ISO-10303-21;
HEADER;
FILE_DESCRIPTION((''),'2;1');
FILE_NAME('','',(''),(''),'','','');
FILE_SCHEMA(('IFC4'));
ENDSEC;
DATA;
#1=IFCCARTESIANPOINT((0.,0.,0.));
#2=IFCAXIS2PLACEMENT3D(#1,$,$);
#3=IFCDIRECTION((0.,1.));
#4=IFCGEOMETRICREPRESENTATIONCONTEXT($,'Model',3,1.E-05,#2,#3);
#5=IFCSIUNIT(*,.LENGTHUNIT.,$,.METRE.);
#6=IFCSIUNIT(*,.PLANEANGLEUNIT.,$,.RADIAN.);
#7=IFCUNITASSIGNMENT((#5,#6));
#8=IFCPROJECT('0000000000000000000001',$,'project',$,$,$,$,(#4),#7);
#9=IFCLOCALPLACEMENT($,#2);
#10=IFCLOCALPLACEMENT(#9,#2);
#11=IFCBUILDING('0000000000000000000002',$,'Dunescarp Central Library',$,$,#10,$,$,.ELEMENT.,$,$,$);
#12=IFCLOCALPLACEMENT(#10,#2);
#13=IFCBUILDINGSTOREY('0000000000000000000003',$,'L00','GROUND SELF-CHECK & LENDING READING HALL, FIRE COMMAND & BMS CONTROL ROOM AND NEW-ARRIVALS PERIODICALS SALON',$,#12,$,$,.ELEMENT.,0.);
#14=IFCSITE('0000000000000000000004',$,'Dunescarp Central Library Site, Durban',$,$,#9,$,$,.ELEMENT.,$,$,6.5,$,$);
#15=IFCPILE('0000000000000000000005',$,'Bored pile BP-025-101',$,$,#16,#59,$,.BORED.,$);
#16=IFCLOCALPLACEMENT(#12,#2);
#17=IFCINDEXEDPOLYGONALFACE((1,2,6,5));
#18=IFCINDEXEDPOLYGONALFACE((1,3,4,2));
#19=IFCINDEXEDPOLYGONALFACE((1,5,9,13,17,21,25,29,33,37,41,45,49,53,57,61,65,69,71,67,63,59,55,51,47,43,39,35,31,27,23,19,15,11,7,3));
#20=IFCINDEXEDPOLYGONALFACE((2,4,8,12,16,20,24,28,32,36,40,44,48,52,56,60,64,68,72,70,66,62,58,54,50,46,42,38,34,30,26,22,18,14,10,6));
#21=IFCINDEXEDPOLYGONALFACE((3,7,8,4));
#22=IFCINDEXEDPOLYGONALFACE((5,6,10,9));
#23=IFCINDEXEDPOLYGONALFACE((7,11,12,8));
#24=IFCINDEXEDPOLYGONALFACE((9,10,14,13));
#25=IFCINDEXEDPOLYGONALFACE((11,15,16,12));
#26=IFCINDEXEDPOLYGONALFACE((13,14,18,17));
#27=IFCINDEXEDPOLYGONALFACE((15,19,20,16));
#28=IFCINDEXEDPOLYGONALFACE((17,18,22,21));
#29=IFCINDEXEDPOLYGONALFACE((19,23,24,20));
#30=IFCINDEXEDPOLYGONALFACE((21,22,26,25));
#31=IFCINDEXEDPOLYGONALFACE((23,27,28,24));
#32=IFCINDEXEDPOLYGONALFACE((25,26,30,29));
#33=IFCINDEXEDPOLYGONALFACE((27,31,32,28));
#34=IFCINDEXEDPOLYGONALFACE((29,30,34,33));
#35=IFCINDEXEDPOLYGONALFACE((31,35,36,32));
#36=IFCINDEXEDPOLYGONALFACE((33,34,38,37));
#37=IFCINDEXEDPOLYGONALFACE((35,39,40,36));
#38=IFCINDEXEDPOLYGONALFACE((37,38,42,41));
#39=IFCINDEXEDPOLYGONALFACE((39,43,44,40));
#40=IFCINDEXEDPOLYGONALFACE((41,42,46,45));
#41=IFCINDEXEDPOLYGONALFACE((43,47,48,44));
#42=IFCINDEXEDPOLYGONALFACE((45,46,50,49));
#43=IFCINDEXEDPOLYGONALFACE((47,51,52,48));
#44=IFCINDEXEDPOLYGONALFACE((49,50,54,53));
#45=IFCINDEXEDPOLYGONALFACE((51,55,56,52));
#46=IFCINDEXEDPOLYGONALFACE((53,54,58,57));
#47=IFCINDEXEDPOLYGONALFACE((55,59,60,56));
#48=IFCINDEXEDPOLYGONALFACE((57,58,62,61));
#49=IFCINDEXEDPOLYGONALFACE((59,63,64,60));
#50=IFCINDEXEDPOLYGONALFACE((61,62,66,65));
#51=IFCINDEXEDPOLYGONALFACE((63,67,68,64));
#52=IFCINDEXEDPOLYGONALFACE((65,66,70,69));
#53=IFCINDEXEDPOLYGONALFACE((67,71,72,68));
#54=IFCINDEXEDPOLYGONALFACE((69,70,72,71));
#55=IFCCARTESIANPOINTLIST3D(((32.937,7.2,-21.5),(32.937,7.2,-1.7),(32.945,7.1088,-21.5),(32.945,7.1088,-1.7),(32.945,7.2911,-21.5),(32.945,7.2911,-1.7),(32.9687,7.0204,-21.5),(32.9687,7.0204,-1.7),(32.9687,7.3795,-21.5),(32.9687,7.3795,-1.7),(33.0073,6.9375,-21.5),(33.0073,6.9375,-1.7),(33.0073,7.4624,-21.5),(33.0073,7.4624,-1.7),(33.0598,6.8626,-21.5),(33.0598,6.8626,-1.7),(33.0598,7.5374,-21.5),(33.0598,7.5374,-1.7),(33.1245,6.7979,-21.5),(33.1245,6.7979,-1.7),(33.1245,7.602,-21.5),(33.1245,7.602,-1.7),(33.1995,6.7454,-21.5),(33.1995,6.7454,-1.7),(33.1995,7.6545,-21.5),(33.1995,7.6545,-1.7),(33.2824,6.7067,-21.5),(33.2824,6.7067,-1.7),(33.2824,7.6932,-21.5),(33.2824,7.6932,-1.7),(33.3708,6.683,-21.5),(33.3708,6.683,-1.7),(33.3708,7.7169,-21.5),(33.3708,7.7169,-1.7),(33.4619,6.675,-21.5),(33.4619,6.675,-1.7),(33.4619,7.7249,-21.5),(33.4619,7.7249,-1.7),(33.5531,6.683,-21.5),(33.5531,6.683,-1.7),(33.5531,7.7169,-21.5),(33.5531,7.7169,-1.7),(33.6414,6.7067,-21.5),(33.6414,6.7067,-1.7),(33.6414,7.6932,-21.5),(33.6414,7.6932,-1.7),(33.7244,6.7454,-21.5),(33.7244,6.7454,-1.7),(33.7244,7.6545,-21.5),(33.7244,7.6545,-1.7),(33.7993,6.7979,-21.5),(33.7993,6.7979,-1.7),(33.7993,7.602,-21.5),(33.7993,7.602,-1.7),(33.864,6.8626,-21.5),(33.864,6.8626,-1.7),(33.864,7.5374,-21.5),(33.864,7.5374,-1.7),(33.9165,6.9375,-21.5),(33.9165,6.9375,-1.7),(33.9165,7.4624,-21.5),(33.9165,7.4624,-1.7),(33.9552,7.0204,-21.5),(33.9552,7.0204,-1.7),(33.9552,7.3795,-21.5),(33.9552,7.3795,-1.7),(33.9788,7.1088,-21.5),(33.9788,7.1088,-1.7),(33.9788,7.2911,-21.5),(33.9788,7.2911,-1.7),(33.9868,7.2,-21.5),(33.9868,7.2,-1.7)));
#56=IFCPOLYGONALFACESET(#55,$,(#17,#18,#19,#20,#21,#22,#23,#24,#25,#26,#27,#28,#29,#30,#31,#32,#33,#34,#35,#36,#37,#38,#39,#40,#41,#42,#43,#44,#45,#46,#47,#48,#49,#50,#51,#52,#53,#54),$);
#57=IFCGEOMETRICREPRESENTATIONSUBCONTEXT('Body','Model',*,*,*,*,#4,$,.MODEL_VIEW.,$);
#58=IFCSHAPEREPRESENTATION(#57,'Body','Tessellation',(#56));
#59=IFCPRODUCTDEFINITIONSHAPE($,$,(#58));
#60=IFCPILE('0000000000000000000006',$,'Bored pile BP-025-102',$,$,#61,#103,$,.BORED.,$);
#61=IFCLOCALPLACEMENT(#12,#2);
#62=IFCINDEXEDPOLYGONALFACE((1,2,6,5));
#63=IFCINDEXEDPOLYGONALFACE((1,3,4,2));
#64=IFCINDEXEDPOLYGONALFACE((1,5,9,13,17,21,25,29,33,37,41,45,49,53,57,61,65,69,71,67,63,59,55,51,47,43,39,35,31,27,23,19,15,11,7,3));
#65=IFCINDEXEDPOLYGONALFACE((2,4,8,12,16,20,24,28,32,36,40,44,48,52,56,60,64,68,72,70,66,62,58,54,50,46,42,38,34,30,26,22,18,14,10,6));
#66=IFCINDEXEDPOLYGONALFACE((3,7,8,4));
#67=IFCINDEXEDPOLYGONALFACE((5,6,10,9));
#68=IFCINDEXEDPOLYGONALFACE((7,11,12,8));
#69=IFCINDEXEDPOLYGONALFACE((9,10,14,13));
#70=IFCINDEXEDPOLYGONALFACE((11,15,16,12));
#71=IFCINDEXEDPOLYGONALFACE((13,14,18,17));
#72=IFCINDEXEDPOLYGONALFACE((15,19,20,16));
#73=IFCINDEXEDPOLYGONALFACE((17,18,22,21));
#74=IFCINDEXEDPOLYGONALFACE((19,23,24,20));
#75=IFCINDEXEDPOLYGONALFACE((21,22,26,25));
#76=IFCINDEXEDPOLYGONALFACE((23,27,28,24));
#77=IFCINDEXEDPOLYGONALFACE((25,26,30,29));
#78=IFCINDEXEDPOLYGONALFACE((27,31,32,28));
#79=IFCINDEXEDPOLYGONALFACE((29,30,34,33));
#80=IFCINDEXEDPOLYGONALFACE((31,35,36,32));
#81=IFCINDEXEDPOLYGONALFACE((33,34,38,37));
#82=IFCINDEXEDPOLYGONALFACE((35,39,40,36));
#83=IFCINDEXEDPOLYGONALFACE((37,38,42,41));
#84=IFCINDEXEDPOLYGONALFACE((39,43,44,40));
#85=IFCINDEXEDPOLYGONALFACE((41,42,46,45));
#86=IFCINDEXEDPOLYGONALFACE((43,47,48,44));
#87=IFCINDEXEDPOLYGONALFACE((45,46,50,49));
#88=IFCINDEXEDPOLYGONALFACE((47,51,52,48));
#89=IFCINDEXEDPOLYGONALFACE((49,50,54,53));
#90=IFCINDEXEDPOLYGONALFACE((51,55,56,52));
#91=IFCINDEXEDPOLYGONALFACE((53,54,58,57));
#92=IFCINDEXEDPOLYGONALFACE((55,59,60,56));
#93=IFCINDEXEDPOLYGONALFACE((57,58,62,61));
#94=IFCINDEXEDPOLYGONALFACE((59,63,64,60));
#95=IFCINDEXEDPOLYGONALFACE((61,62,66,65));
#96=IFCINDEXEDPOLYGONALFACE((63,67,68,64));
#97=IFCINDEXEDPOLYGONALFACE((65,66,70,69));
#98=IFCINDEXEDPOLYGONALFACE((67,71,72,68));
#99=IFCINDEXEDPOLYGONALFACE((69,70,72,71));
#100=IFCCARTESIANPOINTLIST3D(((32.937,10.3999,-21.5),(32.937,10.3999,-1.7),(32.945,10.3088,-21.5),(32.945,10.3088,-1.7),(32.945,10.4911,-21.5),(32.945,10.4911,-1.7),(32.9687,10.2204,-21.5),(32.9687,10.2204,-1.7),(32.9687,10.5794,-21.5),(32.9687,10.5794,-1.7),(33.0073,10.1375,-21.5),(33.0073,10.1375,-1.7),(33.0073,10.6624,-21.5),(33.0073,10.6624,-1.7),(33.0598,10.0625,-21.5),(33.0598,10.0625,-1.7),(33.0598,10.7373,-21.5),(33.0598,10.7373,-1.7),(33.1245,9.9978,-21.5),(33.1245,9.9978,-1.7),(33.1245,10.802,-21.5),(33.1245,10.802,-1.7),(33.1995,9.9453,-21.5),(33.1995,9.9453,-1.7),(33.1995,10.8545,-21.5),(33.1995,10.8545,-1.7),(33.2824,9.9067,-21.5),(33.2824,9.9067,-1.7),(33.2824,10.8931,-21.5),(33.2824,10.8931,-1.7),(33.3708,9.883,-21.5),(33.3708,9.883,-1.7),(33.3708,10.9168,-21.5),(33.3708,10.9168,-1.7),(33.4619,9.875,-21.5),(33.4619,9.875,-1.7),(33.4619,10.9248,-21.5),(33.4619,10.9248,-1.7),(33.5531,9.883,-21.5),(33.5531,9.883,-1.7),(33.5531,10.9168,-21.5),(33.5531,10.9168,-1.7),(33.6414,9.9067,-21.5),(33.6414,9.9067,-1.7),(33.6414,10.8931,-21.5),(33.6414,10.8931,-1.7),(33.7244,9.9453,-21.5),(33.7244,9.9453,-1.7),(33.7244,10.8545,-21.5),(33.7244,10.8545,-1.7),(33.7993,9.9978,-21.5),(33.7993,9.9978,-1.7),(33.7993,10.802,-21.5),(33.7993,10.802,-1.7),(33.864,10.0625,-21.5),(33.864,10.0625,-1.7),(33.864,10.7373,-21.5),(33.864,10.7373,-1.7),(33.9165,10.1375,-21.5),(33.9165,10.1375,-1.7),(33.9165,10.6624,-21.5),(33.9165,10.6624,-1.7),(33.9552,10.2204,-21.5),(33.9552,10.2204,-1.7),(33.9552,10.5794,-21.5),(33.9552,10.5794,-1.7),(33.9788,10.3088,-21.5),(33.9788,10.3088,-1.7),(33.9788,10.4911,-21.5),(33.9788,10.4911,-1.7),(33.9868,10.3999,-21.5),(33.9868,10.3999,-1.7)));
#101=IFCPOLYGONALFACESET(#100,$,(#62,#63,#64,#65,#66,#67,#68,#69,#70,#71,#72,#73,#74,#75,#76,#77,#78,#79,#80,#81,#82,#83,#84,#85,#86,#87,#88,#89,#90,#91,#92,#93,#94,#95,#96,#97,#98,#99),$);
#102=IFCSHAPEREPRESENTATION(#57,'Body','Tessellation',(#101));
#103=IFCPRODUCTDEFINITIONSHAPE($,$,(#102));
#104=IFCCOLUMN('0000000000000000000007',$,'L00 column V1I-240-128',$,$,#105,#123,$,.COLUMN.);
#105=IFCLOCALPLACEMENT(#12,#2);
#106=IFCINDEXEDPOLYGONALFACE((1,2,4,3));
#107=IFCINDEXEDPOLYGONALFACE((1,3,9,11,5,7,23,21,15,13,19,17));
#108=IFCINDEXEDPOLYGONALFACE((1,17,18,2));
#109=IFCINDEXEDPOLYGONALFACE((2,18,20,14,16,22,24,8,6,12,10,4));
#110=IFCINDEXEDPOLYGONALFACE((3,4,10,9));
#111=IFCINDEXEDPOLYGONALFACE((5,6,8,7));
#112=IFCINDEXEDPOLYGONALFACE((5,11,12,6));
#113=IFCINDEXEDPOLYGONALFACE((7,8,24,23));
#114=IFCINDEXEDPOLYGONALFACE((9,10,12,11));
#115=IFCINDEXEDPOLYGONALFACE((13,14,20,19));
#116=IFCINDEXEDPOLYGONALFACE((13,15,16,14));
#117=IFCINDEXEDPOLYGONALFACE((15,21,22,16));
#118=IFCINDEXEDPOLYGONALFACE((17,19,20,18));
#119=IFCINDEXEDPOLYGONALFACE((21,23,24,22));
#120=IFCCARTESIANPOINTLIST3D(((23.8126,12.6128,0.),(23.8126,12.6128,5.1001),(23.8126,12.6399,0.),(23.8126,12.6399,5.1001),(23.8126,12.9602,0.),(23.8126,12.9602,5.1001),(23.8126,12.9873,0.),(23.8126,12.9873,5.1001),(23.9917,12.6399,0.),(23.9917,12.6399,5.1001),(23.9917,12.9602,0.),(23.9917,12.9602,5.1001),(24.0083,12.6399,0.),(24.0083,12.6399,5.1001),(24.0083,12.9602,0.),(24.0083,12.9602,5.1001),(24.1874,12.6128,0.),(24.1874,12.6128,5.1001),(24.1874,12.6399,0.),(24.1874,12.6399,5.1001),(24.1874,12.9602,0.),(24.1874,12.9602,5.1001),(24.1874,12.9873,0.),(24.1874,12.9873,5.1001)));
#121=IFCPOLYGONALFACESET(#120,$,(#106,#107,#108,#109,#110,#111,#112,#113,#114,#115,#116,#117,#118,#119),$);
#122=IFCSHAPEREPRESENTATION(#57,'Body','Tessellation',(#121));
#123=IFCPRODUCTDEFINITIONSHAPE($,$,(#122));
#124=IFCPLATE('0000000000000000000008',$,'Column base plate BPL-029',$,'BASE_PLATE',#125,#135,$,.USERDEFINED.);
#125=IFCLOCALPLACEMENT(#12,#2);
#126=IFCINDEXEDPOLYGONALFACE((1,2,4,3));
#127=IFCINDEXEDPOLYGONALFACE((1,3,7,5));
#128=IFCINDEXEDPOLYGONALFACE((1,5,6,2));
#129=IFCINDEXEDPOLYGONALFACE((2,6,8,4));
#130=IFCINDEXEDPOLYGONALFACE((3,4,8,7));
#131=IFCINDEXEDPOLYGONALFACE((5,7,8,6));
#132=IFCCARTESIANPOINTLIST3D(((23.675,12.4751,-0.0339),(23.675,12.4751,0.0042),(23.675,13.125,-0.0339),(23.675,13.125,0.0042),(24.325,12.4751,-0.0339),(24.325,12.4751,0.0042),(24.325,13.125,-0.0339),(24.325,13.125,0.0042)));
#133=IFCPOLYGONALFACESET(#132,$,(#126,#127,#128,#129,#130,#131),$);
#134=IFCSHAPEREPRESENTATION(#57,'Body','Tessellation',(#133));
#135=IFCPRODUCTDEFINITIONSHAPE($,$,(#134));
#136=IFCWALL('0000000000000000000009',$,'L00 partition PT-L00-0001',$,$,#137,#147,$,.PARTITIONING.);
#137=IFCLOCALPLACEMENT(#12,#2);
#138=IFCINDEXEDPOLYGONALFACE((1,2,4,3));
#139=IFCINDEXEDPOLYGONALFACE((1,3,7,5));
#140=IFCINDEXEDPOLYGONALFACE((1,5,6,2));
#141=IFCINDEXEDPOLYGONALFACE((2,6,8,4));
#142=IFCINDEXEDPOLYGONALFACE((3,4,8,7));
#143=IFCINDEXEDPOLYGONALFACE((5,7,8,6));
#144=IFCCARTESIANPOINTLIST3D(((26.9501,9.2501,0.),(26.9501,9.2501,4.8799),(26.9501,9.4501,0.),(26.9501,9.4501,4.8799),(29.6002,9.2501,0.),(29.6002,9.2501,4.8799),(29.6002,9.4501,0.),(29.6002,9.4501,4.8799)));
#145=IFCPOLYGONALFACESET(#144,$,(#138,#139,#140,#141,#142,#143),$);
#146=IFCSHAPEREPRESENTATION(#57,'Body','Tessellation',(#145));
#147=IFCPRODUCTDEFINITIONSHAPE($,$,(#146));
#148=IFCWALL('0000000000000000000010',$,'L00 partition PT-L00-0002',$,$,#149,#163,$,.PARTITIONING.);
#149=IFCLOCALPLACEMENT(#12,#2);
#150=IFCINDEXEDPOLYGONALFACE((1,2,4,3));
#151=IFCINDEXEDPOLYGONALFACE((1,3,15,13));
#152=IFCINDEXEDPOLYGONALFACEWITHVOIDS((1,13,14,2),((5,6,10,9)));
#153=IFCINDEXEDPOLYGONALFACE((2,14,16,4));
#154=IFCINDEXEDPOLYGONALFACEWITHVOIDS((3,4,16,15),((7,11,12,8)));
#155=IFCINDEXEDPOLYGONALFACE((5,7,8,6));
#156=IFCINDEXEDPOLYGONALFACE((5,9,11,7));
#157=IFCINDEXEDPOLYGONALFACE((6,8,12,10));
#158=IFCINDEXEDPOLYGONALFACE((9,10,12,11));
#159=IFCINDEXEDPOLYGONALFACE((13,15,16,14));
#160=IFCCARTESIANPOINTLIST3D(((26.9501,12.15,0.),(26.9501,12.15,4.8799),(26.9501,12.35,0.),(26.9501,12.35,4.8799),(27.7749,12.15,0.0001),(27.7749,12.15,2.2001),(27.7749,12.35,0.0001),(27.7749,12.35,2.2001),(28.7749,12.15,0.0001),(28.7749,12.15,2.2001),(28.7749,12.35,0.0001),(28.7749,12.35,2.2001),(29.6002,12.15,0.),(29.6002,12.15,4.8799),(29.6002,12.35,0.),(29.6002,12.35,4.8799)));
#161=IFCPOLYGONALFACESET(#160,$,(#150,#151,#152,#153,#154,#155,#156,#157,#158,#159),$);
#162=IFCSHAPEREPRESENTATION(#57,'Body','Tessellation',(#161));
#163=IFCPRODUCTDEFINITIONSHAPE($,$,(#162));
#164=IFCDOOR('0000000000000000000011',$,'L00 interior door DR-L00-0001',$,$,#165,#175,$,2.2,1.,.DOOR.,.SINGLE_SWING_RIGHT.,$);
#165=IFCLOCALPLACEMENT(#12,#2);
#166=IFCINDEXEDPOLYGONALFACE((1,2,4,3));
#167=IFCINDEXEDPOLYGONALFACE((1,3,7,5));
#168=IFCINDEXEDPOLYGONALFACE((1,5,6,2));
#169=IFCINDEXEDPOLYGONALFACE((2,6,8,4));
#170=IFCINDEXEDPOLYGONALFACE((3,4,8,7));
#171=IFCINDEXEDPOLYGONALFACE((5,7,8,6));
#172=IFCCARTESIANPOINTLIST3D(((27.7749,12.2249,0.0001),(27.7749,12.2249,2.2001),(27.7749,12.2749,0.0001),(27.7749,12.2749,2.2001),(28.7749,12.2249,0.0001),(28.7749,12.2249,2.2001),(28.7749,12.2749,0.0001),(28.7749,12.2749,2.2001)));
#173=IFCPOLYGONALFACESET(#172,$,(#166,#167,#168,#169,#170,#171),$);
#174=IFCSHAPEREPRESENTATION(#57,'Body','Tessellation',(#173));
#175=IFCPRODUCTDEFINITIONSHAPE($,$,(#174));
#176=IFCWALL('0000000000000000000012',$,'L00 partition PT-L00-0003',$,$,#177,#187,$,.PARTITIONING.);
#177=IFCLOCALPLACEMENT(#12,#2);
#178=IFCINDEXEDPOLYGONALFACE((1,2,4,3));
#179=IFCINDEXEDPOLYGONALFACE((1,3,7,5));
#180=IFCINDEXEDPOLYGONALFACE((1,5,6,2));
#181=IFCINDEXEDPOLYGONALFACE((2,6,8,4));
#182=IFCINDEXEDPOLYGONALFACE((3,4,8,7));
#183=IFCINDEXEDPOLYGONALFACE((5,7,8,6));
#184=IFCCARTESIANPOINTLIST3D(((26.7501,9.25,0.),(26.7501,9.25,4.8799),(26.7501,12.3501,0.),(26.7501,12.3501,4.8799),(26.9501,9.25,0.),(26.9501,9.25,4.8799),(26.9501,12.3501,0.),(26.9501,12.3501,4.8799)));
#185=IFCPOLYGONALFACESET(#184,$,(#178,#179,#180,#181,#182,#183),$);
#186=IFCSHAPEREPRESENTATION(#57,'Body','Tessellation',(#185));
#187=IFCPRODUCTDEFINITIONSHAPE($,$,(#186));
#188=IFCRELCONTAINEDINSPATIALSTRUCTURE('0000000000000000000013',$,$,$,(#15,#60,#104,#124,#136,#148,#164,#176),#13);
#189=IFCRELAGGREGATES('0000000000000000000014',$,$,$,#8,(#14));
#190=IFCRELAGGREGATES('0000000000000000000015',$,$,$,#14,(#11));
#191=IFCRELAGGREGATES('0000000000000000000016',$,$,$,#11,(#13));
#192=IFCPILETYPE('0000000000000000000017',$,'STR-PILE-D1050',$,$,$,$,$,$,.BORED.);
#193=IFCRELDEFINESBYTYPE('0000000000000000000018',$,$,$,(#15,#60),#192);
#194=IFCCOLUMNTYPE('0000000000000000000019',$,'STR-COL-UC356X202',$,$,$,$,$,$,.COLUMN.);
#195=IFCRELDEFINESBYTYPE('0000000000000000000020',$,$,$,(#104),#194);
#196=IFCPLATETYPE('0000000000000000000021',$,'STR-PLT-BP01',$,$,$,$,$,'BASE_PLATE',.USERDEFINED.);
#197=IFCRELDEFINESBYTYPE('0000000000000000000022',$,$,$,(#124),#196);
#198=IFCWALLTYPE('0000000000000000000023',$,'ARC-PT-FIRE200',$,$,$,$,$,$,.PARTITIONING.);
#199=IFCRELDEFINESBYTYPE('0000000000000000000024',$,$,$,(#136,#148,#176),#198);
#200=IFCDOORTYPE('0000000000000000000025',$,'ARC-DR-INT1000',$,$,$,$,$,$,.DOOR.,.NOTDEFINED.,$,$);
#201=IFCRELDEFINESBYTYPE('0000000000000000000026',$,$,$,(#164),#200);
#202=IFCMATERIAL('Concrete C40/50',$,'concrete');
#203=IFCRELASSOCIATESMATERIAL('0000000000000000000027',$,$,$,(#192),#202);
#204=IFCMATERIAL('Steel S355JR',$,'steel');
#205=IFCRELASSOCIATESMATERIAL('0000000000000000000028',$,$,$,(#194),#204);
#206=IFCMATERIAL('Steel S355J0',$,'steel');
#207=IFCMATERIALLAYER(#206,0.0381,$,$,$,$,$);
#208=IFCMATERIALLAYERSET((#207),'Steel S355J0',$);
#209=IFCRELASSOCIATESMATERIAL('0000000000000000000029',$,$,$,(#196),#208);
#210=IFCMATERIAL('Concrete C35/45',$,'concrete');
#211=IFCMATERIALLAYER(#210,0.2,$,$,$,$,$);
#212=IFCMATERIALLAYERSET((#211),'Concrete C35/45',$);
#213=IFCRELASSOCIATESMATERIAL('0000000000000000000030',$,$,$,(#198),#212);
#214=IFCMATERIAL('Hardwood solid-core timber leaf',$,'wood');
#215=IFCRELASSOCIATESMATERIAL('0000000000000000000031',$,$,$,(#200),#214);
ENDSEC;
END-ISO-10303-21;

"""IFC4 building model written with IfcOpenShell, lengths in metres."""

from ifc_helpers import new_model, si_unit, direction, frame, frame_2d, origin, origin_2d, place, context, subcontext, project, spatial, rectangle, circle, i_section, extrude, material, layer, layer_set, material_profile, profile_set, type_object, element, fill, save


model = new_model("IFC4")

# Units and contexts
model_context = context("Model", 3, precision=1e-05, world=origin(), true_north=direction((0.0, 1.0)))
body_context = subcontext(model_context, "Body", "Model", "MODEL_VIEW")
ifc_project = project(units=[si_unit("LENGTHUNIT", "METRE"), si_unit("PLANEANGLEUNIT", "RADIAN")], contexts=[model_context])

# Site, building, storey
site_placement = place(None, origin())
site = spatial("IfcSite", under=ifc_project, at=site_placement, Name="Dunescarp Central Library Site, Durban", CompositionType="ELEMENT", RefElevation=6.5)
building_placement = place(site_placement, origin())
building = spatial("IfcBuilding", under=site, at=building_placement, Name="Dunescarp Central Library", CompositionType="ELEMENT")
storey_placement = place(building_placement, origin())
storey = spatial("IfcBuildingStorey", under=building, at=storey_placement, Name="L00", Description="GROUND SELF-CHECK & LENDING READING HALL, FIRE COMMAND & BMS CONTROL ROOM AND NEW-ARRIVALS PERIODICALS SALON", CompositionType="ELEMENT", Elevation=0.0)

# Piles
ifc_material_1 = material(Name="Concrete C40/50", Category="concrete")
ifc_material_profile_1 = material_profile(ifc_material_1, circle(Radius=0.5249, at=origin_2d()), Name="PILE D1050")
ifc_profile_set_1 = profile_set([ifc_material_profile_1], Name="Concrete C40/50")
pile_type = type_object("IfcPileType", Name="STR-PILE-D1050", PredefinedType="BORED", material=ifc_profile_set_1)
for number, where, z_axis, x_axis, name in (
    (1, (33.4619, 7.2, -1.7), (0.0, 0.0, -1.0), (1.0, 0.0, 0.0), "Bored pile BP-025-101"),
    (2, (33.4619, 10.3999, -1.7), (0.0, 0.0, -1.0), (1.0, 0.0, 0.0), "Bored pile BP-025-102"),
):
    element("IfcPile", number, at=place(storey_placement, frame(where, z_axis=z_axis, x_axis=x_axis)), inside=storey, type_object=pile_type, Name=name, PredefinedType="BORED", context=body_context, shape_type="SweptSolid", body=[
        extrude(circle(Radius=0.5249, at=origin_2d()), origin(), (0.0, 0.0, 1.0), 19.8),
    ])

# Column
ifc_material_2 = material(Name="Steel S355JR", Category="steel")
ifc_material_profile_2 = material_profile(ifc_material_2, i_section(OverallWidth=0.3748, OverallDepth=0.3745, WebThickness=0.0166, FlangeThickness=0.0271, at=origin_2d()), Name="UC 356x368x202")
ifc_profile_set_2 = profile_set([ifc_material_profile_2], Name="Steel S355JR")
column_type = type_object("IfcColumnType", Name="STR-COL-UC356X202", PredefinedType="COLUMN", material=ifc_profile_set_2)
column_placement = place(storey_placement, frame((24.0, 12.8, 0.0), z_axis=(0.0, 0.0, 1.0), x_axis=(1.0, 0.0, 0.0)))
element("IfcColumn", 3, at=column_placement, inside=storey, type_object=column_type, Name="L00 column V1I-240-128", PredefinedType="COLUMN", context=body_context, shape_type="SweptSolid", body=[
    extrude(i_section(OverallWidth=0.3748, OverallDepth=0.3745, WebThickness=0.0166, FlangeThickness=0.0271, at=origin_2d()), origin(), (0.0, 0.0, 1.0), 5.1001),
])

# Plate
ifc_material_3 = material(Name="Steel S355J0", Category="steel")
ifc_layer_1 = layer(ifc_material_3, 0.0381)
ifc_layer_set_1 = layer_set([ifc_layer_1], Name="Steel S355J0")
plate_type = type_object("IfcPlateType", Name="STR-PLT-BP01", ElementType="BASE_PLATE", PredefinedType="USERDEFINED", material=ifc_layer_set_1)
plate_placement = place(storey_placement, frame((24.0, 12.8, -0.0339), z_axis=(0.0, 0.0, 1.0), x_axis=(1.0, 0.0, 0.0)))
element("IfcPlate", 4, at=plate_placement, inside=storey, type_object=plate_type, Name="Column base plate BPL-029", ObjectType="BASE_PLATE", PredefinedType="USERDEFINED", context=body_context, shape_type="SweptSolid", body=[
    extrude(rectangle(XDim=0.6499, YDim=0.6499, at=origin_2d()), origin(), (0.0, 0.0, 1.0), 0.0381),
])

# Wall
ifc_material_4 = material(Name="Concrete C35/45", Category="concrete")
ifc_layer_2 = layer(ifc_material_4, 0.2)
ifc_layer_set_2 = layer_set([ifc_layer_2], Name="Concrete C35/45")
wall_type_1 = type_object("IfcWallType", Name="ARC-PT-FIRE200", PredefinedType="PARTITIONING", material=ifc_layer_set_2)
wall_1_placement = place(storey_placement, frame((26.95, 9.3501, 0.0), z_axis=(0.0, 0.0, 1.0), x_axis=(1.0, 0.0, 0.0)))
element("IfcWall", 5, at=wall_1_placement, inside=storey, type_object=wall_type_1, Name="L00 partition PT-L00-0001", PredefinedType="PARTITIONING", context=body_context, shape_type="SweptSolid", body=[
    extrude(rectangle(XDim=2.6501, YDim=0.2, at=frame_2d((1.3252, 0.0))), origin(), (0.0, 0.0, 1.0), 4.8799),
])

# Wall, opening, door
wall_2_placement = place(storey_placement, frame((26.95, 12.25, 0.0), z_axis=(0.0, 0.0, 1.0), x_axis=(1.0, 0.0, 0.0)))
wall_2 = element("IfcWall", 6, at=wall_2_placement, inside=storey, type_object=wall_type_1, Name="L00 partition PT-L00-0002", PredefinedType="PARTITIONING", context=body_context, shape_type="SweptSolid", body=[
    extrude(rectangle(XDim=2.6501, YDim=0.2, at=frame_2d((1.3252, 0.0))), origin(), (0.0, 0.0, 1.0), 4.8799),
])
opening_1_placement = place(wall_2_placement, frame((0.825, 0.0, 0.0)))
opening_1 = element("IfcOpeningElement", 7, at=opening_1_placement, cuts=wall_2, PredefinedType="OPENING", context=body_context, shape_type="SweptSolid", body=[
    extrude(rectangle(XDim=1.0, YDim=2.2, at=frame_2d((0.5, 1.1001))), frame((0.0, 0.1099, 0.0), z_axis=(0.0, -1.0, 0.0), x_axis=(1.0, 0.0, 0.0)), (0.0, 0.0, 1.0), 0.22),
])
ifc_material_5 = material(Name="Hardwood solid-core timber leaf", Category="wood")
door_type_1 = type_object("IfcDoorType", Name="ARC-DR-INT1000", OperationType="NOTDEFINED", PredefinedType="DOOR", material=ifc_material_5)
door_1_placement = place(opening_1_placement, origin())
door_1 = element("IfcDoor", 8, at=door_1_placement, inside=storey, type_object=door_type_1, Name="L00 interior door DR-L00-0001", OperationType="SINGLE_SWING_RIGHT", OverallHeight=2.2, OverallWidth=1.0, PredefinedType="DOOR", context=body_context, shape_type="SweptSolid", body=[
    extrude(rectangle(XDim=1.0, YDim=2.2, at=frame_2d((0.5, 1.1001))), frame((0.0, 0.0249, 0.0), z_axis=(0.0, -1.0, 0.0), x_axis=(1.0, 0.0, 0.0)), (0.0, 0.0, 1.0), 0.05),
])
fill(opening_1, door_1)

# Wall
wall_3_placement = place(storey_placement, frame((26.8501, 9.25, 0.0), z_axis=(0.0, 0.0, 1.0), x_axis=(0.0, 1.0, 0.0)))
element("IfcWall", 9, at=wall_3_placement, inside=storey, type_object=wall_type_1, Name="L00 partition PT-L00-0003", PredefinedType="PARTITIONING", context=body_context, shape_type="SweptSolid", body=[
    extrude(rectangle(XDim=3.1001, YDim=0.2, at=frame_2d((1.55, 0.0))), origin(), (0.0, 0.0, 1.0), 4.8799),
])

save(model, "model.ifc")
